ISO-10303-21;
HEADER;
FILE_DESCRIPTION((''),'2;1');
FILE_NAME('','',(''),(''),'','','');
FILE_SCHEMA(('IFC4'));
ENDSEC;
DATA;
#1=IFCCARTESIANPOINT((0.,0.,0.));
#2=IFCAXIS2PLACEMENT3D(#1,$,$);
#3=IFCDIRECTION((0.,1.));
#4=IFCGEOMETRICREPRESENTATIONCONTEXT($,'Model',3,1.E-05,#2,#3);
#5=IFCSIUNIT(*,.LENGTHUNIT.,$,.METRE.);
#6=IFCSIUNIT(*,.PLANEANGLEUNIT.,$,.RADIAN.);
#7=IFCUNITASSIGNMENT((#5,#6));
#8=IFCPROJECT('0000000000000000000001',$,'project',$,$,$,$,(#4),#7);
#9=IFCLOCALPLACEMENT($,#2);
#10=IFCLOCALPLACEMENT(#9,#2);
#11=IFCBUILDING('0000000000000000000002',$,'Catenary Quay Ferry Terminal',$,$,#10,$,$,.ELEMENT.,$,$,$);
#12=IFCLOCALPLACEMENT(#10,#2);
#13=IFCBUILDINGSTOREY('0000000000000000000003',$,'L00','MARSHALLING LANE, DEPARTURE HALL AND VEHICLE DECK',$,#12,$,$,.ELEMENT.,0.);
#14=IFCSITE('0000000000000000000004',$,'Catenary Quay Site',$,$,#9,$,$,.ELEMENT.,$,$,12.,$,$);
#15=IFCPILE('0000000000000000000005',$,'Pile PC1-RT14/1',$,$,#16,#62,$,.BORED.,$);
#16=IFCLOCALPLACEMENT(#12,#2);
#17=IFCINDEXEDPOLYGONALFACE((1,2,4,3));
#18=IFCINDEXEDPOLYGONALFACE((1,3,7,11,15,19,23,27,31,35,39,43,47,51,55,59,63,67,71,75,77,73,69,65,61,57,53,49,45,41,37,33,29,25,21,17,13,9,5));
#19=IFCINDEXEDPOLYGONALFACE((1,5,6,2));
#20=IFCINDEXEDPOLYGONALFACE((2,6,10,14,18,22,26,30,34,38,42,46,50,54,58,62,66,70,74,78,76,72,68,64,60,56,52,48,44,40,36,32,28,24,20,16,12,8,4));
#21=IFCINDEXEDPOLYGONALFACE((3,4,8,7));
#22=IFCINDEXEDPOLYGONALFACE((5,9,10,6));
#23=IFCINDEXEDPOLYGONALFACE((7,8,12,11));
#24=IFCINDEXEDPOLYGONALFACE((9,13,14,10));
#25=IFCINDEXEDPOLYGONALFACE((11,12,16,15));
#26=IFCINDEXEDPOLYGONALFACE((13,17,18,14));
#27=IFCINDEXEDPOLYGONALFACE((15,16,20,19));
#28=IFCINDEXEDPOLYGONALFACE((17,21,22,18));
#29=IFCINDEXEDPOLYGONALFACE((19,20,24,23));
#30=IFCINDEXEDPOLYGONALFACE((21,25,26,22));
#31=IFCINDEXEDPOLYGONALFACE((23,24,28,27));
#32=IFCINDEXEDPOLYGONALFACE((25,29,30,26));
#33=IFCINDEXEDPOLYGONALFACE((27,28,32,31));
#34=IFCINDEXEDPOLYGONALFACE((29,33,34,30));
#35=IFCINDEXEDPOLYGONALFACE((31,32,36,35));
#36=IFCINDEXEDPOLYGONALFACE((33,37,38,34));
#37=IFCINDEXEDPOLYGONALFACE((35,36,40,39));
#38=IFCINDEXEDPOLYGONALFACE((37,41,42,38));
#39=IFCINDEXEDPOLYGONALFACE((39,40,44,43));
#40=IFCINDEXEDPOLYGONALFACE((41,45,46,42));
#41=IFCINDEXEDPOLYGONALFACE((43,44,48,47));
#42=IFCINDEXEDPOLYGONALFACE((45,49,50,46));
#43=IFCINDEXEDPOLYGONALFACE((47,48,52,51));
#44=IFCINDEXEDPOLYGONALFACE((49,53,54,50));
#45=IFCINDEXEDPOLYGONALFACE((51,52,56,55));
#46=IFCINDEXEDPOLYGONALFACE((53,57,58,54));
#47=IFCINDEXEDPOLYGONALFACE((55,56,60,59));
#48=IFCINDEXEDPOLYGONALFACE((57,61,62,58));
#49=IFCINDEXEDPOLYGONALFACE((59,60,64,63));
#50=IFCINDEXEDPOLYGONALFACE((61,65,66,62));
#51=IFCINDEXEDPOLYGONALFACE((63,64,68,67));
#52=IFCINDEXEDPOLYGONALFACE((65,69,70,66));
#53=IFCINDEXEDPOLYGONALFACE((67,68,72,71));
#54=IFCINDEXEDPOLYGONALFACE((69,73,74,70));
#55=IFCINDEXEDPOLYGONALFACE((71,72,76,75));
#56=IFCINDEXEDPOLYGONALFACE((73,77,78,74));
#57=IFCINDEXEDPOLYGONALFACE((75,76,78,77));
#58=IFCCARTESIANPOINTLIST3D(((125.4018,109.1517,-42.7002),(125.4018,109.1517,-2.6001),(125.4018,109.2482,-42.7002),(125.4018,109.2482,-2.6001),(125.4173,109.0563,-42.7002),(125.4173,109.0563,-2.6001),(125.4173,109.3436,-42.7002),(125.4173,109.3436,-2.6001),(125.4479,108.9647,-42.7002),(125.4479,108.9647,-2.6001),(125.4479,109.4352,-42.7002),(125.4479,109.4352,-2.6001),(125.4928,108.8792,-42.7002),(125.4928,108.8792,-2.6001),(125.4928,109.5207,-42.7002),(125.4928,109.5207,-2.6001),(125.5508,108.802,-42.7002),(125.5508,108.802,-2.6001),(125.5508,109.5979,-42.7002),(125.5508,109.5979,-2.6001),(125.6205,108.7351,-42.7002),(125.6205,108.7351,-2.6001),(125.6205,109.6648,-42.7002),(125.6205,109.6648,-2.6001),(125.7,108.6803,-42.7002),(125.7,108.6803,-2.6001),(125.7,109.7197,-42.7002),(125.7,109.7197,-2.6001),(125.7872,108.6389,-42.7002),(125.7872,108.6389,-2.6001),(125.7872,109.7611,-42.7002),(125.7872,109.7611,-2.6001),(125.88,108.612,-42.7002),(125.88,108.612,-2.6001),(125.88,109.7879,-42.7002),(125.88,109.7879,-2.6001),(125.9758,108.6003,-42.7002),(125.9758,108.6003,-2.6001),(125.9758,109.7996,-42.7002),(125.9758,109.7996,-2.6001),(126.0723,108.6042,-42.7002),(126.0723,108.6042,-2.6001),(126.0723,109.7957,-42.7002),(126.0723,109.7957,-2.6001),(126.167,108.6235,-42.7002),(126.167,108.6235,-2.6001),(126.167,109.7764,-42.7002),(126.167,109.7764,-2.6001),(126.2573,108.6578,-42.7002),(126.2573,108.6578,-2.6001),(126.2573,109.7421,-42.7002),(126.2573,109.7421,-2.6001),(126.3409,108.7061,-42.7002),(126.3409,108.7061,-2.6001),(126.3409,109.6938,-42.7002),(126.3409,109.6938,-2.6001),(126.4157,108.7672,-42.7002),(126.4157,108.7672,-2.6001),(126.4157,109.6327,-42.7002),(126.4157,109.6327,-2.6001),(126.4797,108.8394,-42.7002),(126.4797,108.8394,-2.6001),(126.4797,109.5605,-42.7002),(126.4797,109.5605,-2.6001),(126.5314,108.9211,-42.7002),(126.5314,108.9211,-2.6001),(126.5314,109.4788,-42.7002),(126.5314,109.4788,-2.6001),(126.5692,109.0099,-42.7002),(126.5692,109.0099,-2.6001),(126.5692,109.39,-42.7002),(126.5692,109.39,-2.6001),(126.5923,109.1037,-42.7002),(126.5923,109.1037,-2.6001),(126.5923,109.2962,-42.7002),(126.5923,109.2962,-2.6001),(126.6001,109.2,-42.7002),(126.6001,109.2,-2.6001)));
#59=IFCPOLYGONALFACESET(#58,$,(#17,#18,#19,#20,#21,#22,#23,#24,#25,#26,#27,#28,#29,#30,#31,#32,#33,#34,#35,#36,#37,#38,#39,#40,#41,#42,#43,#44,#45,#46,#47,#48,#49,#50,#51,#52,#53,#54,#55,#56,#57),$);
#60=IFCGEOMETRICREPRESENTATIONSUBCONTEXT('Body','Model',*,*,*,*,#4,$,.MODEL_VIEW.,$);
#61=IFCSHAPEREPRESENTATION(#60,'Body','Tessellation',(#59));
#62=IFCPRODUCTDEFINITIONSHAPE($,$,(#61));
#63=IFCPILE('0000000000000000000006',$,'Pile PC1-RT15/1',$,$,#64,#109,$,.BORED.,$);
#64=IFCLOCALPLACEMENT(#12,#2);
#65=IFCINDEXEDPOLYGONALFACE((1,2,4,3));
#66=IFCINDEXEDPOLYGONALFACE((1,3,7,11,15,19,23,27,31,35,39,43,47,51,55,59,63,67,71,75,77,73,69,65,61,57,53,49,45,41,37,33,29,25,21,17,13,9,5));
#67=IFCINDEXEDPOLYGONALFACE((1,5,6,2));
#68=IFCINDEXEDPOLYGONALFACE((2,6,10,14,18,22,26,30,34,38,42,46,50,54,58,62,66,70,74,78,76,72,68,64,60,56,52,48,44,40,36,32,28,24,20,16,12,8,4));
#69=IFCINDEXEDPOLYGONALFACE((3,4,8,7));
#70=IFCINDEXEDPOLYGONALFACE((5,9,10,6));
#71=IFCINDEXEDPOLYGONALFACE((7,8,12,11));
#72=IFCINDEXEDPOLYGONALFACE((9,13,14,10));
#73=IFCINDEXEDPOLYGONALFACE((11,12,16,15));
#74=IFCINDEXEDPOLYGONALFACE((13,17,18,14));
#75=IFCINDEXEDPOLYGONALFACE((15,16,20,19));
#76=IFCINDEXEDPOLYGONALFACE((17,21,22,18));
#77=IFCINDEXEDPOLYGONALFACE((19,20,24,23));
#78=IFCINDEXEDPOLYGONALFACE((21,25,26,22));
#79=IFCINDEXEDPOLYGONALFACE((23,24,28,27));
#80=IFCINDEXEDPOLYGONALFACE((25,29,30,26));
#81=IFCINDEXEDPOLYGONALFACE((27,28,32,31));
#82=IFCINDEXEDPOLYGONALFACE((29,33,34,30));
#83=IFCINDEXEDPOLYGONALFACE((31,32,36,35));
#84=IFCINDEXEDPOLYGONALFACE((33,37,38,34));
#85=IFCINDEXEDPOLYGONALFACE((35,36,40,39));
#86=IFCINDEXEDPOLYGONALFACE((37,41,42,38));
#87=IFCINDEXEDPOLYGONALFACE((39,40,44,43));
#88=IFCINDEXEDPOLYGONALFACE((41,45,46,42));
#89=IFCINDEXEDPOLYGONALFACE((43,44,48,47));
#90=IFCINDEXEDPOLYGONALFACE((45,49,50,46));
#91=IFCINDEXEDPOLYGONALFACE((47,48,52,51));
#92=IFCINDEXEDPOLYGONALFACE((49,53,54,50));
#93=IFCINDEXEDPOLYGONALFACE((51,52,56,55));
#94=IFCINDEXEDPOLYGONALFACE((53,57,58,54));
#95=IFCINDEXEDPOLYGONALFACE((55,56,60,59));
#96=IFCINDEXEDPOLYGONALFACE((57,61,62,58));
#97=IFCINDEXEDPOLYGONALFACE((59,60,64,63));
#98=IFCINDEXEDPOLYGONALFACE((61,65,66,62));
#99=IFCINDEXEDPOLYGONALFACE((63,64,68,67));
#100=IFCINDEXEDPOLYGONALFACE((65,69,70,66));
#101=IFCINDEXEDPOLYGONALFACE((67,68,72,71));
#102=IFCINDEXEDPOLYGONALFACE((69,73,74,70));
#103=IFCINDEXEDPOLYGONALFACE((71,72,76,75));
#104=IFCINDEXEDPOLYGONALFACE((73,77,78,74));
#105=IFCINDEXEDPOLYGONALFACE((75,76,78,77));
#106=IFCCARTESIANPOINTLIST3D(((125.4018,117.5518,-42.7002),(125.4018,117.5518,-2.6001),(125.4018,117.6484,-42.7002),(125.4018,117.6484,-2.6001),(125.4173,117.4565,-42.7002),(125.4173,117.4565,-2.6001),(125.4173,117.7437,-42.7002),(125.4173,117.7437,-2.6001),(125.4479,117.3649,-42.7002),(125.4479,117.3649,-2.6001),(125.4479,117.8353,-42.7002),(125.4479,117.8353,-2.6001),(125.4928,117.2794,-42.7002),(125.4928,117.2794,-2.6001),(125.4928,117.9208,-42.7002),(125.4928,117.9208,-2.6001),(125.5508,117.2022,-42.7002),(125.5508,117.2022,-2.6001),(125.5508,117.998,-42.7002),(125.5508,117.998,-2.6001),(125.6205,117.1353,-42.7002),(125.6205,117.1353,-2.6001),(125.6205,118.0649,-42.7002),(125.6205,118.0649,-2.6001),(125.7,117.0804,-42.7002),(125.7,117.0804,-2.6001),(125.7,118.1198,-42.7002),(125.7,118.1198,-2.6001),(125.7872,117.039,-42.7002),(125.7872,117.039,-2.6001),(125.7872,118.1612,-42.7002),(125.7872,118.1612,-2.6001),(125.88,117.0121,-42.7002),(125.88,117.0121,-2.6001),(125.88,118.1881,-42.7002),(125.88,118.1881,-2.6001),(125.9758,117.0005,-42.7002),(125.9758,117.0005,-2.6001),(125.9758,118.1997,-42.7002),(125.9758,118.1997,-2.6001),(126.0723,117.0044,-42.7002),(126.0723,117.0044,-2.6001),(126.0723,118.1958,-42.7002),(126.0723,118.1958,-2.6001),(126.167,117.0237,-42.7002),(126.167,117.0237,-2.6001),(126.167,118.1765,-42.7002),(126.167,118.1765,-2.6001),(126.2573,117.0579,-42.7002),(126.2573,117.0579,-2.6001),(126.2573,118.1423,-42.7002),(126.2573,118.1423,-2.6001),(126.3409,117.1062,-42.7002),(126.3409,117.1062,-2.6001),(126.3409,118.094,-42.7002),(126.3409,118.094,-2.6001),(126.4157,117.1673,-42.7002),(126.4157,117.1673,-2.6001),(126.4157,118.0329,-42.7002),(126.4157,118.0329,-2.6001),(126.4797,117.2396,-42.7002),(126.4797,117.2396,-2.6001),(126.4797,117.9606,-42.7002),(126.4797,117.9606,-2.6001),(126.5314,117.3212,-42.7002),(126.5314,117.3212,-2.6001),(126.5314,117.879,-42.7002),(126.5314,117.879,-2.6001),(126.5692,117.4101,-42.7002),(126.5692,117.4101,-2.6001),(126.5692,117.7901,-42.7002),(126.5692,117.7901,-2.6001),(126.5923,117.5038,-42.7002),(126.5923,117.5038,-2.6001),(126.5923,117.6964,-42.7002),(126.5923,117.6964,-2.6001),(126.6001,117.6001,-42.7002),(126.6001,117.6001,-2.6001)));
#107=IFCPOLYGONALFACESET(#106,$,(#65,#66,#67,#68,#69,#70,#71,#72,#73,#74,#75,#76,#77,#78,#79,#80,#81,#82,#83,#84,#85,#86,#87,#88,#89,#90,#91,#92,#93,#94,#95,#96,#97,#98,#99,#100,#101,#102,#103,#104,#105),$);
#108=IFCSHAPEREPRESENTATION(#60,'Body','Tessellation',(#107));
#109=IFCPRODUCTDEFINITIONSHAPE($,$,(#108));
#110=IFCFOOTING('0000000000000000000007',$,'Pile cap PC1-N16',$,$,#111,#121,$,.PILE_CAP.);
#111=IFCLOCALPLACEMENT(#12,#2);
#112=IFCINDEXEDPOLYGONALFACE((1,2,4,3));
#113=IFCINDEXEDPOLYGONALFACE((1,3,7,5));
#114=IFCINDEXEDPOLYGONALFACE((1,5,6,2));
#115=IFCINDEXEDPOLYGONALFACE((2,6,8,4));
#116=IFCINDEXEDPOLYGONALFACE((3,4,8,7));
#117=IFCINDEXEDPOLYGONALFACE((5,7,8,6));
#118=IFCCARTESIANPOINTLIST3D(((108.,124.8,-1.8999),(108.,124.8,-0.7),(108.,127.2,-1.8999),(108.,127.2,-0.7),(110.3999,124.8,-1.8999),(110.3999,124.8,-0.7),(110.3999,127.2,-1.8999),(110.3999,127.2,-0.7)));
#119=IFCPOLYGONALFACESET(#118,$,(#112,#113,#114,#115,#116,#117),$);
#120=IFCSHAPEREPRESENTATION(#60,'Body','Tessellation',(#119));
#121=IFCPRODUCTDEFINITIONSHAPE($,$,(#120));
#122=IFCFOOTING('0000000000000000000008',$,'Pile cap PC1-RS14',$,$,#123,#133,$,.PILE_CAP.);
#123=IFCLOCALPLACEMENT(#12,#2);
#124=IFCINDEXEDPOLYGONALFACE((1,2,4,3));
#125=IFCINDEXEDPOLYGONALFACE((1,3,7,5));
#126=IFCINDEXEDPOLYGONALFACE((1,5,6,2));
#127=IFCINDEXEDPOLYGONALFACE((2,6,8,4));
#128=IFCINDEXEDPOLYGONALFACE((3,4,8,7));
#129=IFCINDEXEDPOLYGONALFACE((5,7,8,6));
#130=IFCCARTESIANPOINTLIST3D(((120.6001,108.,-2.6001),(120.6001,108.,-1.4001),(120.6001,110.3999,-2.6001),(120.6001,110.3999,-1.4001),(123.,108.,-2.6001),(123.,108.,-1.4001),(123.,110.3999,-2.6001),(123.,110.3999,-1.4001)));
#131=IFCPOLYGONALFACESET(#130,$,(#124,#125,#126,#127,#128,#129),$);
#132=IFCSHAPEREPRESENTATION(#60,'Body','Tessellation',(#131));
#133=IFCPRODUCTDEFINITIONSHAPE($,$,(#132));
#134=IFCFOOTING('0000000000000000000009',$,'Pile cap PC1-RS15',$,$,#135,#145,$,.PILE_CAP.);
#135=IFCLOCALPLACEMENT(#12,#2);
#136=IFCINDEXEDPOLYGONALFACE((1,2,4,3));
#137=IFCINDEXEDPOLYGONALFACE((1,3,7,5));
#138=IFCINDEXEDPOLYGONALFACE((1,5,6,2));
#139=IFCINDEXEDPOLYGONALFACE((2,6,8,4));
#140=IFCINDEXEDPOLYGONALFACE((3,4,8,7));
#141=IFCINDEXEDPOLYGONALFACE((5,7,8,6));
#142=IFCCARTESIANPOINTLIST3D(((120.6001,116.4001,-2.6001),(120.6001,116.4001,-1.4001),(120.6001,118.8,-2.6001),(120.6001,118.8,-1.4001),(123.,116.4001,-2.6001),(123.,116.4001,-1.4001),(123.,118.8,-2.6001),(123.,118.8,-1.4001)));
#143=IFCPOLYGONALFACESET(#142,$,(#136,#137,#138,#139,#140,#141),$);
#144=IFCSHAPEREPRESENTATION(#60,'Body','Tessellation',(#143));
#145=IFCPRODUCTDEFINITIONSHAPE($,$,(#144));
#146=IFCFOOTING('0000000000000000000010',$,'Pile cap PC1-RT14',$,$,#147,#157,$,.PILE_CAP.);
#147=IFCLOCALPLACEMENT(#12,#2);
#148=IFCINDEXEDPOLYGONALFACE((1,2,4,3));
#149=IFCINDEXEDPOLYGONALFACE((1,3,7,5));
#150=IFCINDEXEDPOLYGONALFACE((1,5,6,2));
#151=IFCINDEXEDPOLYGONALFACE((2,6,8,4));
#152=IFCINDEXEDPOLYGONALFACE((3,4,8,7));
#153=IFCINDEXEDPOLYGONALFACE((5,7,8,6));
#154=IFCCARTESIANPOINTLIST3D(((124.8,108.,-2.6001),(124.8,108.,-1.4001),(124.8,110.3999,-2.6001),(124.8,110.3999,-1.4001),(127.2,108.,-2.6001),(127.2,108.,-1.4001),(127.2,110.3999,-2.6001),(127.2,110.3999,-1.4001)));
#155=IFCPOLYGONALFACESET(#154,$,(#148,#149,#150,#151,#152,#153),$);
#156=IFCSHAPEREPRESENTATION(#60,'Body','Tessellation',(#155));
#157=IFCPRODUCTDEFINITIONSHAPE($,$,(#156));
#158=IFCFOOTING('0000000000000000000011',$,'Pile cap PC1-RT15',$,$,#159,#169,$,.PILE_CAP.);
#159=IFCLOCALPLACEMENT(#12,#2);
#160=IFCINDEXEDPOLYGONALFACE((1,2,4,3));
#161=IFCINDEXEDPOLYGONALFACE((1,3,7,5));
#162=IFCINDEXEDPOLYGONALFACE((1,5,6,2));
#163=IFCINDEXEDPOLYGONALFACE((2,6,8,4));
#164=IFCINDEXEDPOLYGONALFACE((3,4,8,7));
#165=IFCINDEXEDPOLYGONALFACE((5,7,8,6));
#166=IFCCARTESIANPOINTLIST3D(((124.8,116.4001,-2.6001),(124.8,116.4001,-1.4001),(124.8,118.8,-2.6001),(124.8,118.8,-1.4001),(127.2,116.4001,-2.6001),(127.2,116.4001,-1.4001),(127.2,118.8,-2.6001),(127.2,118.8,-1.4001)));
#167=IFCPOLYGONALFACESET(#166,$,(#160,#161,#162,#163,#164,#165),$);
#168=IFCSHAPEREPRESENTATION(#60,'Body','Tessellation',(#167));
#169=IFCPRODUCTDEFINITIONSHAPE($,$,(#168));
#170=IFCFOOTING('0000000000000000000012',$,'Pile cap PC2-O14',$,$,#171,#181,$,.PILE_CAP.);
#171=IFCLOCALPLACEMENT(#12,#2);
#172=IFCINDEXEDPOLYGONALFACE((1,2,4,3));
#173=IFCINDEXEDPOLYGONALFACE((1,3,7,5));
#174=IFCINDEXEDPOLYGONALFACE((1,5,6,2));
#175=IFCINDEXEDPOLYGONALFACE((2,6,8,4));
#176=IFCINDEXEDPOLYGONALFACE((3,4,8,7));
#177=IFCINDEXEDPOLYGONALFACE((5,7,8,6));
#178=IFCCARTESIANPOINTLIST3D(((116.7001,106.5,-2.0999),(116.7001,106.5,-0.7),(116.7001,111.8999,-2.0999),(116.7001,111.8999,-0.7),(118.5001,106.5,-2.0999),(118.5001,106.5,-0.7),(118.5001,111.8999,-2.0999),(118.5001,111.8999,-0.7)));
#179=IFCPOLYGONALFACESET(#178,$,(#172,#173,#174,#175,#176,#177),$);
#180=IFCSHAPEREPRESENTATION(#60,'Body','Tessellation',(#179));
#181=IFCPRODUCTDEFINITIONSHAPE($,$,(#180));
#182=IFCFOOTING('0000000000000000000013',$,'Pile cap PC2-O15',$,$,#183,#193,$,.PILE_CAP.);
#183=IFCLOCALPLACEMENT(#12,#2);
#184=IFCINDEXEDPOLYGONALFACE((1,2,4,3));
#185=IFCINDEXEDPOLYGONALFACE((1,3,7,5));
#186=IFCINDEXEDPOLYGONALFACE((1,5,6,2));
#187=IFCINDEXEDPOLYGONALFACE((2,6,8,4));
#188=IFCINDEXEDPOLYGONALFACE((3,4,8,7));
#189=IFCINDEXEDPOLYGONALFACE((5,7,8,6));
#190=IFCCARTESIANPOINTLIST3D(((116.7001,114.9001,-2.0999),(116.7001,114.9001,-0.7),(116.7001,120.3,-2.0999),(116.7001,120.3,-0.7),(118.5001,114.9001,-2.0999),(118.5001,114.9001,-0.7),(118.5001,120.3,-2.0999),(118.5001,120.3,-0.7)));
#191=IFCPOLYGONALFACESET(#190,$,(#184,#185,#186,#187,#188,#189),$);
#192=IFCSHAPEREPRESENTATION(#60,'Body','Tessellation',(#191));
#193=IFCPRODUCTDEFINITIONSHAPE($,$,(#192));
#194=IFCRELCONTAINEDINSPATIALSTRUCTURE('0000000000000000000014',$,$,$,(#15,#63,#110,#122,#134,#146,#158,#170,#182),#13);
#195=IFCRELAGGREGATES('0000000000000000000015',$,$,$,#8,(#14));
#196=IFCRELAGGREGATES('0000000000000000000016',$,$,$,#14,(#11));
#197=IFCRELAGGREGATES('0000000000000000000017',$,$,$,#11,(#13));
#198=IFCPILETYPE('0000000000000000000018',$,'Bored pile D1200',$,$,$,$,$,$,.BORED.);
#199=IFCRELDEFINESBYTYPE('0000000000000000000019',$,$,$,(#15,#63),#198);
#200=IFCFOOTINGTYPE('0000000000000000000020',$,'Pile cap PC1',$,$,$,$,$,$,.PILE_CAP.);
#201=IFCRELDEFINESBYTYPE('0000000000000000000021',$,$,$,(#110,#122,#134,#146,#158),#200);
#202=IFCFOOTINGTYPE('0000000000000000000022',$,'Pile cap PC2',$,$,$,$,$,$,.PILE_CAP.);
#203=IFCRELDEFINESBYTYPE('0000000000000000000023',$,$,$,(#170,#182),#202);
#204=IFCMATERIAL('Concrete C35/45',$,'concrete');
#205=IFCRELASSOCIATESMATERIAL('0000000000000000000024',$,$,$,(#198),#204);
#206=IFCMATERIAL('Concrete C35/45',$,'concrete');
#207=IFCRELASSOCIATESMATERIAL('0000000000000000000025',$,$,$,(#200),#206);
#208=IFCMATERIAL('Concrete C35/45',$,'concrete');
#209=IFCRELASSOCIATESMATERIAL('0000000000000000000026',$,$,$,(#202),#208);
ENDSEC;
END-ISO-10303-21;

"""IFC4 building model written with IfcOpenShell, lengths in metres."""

from ifc_helpers import new_model, si_unit, direction, frame, origin, origin_2d, place, context, subcontext, project, spatial, rectangle, circle, extrude, material, material_profile, profile_set, type_object, element, save


model = new_model("IFC4")

# Units and contexts
model_context = context("Model", 3, precision=1e-05, world=origin(), true_north=direction((0.0, 1.0)))
body_context = subcontext(model_context, "Body", "Model", "MODEL_VIEW")
ifc_project = project(units=[si_unit("LENGTHUNIT", "METRE"), si_unit("PLANEANGLEUNIT", "RADIAN")], contexts=[model_context])

# Site, building, storey
site_placement = place(None, origin())
site = spatial("IfcSite", under=ifc_project, at=site_placement, Name="Catenary Quay Site", CompositionType="ELEMENT", RefElevation=12.0)
building_placement = place(site_placement, origin())
building = spatial("IfcBuilding", under=site, at=building_placement, Name="Catenary Quay Ferry Terminal", CompositionType="ELEMENT")
storey_placement = place(building_placement, origin())
storey = spatial("IfcBuildingStorey", under=building, at=storey_placement, Name="L00", Description="MARSHALLING LANE, DEPARTURE HALL AND VEHICLE DECK", CompositionType="ELEMENT", Elevation=0.0)

# Piles
ifc_material_1 = material(Name="Concrete C35/45", Category="concrete")
ifc_material_profile = material_profile(ifc_material_1, circle(Radius=0.6001, at=origin_2d()), Name="D1200")
ifc_profile_set = profile_set([ifc_material_profile], Name="Concrete C35/45")
pile_type = type_object("IfcPileType", Name="Bored pile D1200", PredefinedType="BORED", material=ifc_profile_set)
for number, where, z_axis, x_axis, name in (
    (1, (126.0, 109.2, -2.6001), (0.0, 0.0, -1.0), (1.0, 0.0, 0.0), "Pile PC1-RT14/1"),
    (2, (126.0, 117.6001, -2.6001), (0.0, 0.0, -1.0), (1.0, 0.0, 0.0), "Pile PC1-RT15/1"),
):
    element("IfcPile", number, at=place(storey_placement, frame(where, z_axis=z_axis, x_axis=x_axis)), inside=storey, type_object=pile_type, Name=name, PredefinedType="BORED", context=body_context, shape_type="SweptSolid", body=[
        extrude(circle(Radius=0.6001, at=origin_2d()), origin(), (0.0, 0.0, 1.0), 40.1001),
    ])

# Footings
ifc_material_2 = material(Name="Concrete C35/45", Category="concrete")
footing_type_1 = type_object("IfcFootingType", Name="Pile cap PC1", PredefinedType="PILE_CAP", material=ifc_material_2)
for number, where, z_axis, x_axis, name in (
    (3, (109.2, 126.0, -1.8999), (0.0, 0.0, 1.0), (1.0, 0.0, 0.0), "Pile cap PC1-N16"),
    (4, (121.8, 109.2, -2.6001), (0.0, 0.0, 1.0), (1.0, 0.0, 0.0), "Pile cap PC1-RS14"),
    (5, (121.8, 117.6001, -2.6001), (0.0, 0.0, 1.0), (1.0, 0.0, 0.0), "Pile cap PC1-RS15"),
    (6, (126.0, 109.2, -2.6001), (0.0, 0.0, 1.0), (1.0, 0.0, 0.0), "Pile cap PC1-RT14"),
    (7, (126.0, 117.6001, -2.6001), (0.0, 0.0, 1.0), (1.0, 0.0, 0.0), "Pile cap PC1-RT15"),
):
    element("IfcFooting", number, at=place(storey_placement, frame(where, z_axis=z_axis, x_axis=x_axis)), inside=storey, type_object=footing_type_1, Name=name, PredefinedType="PILE_CAP", context=body_context, shape_type="SweptSolid", body=[
        extrude(rectangle(XDim=2.3999, YDim=2.3999, at=origin_2d()), origin(), (0.0, 0.0, 1.0), 1.2),
    ])
ifc_material_3 = material(Name="Concrete C35/45", Category="concrete")
footing_type_2 = type_object("IfcFootingType", Name="Pile cap PC2", PredefinedType="PILE_CAP", material=ifc_material_3)
for number, where, z_axis, x_axis, name in (
    (8, (117.6001, 109.2, -2.0999), (0.0, 0.0, 1.0), (1.0, 0.0, 0.0), "Pile cap PC2-O14"),
    (9, (117.6001, 117.6001, -2.0999), (0.0, 0.0, 1.0), (1.0, 0.0, 0.0), "Pile cap PC2-O15"),
):
    element("IfcFooting", number, at=place(storey_placement, frame(where, z_axis=z_axis, x_axis=x_axis)), inside=storey, type_object=footing_type_2, Name=name, PredefinedType="PILE_CAP", context=body_context, shape_type="SweptSolid", body=[
        extrude(rectangle(XDim=1.8, YDim=5.3999, at=origin_2d()), origin(), (0.0, 0.0, 1.0), 1.3999),
    ])

save(model, "model.ifc")
